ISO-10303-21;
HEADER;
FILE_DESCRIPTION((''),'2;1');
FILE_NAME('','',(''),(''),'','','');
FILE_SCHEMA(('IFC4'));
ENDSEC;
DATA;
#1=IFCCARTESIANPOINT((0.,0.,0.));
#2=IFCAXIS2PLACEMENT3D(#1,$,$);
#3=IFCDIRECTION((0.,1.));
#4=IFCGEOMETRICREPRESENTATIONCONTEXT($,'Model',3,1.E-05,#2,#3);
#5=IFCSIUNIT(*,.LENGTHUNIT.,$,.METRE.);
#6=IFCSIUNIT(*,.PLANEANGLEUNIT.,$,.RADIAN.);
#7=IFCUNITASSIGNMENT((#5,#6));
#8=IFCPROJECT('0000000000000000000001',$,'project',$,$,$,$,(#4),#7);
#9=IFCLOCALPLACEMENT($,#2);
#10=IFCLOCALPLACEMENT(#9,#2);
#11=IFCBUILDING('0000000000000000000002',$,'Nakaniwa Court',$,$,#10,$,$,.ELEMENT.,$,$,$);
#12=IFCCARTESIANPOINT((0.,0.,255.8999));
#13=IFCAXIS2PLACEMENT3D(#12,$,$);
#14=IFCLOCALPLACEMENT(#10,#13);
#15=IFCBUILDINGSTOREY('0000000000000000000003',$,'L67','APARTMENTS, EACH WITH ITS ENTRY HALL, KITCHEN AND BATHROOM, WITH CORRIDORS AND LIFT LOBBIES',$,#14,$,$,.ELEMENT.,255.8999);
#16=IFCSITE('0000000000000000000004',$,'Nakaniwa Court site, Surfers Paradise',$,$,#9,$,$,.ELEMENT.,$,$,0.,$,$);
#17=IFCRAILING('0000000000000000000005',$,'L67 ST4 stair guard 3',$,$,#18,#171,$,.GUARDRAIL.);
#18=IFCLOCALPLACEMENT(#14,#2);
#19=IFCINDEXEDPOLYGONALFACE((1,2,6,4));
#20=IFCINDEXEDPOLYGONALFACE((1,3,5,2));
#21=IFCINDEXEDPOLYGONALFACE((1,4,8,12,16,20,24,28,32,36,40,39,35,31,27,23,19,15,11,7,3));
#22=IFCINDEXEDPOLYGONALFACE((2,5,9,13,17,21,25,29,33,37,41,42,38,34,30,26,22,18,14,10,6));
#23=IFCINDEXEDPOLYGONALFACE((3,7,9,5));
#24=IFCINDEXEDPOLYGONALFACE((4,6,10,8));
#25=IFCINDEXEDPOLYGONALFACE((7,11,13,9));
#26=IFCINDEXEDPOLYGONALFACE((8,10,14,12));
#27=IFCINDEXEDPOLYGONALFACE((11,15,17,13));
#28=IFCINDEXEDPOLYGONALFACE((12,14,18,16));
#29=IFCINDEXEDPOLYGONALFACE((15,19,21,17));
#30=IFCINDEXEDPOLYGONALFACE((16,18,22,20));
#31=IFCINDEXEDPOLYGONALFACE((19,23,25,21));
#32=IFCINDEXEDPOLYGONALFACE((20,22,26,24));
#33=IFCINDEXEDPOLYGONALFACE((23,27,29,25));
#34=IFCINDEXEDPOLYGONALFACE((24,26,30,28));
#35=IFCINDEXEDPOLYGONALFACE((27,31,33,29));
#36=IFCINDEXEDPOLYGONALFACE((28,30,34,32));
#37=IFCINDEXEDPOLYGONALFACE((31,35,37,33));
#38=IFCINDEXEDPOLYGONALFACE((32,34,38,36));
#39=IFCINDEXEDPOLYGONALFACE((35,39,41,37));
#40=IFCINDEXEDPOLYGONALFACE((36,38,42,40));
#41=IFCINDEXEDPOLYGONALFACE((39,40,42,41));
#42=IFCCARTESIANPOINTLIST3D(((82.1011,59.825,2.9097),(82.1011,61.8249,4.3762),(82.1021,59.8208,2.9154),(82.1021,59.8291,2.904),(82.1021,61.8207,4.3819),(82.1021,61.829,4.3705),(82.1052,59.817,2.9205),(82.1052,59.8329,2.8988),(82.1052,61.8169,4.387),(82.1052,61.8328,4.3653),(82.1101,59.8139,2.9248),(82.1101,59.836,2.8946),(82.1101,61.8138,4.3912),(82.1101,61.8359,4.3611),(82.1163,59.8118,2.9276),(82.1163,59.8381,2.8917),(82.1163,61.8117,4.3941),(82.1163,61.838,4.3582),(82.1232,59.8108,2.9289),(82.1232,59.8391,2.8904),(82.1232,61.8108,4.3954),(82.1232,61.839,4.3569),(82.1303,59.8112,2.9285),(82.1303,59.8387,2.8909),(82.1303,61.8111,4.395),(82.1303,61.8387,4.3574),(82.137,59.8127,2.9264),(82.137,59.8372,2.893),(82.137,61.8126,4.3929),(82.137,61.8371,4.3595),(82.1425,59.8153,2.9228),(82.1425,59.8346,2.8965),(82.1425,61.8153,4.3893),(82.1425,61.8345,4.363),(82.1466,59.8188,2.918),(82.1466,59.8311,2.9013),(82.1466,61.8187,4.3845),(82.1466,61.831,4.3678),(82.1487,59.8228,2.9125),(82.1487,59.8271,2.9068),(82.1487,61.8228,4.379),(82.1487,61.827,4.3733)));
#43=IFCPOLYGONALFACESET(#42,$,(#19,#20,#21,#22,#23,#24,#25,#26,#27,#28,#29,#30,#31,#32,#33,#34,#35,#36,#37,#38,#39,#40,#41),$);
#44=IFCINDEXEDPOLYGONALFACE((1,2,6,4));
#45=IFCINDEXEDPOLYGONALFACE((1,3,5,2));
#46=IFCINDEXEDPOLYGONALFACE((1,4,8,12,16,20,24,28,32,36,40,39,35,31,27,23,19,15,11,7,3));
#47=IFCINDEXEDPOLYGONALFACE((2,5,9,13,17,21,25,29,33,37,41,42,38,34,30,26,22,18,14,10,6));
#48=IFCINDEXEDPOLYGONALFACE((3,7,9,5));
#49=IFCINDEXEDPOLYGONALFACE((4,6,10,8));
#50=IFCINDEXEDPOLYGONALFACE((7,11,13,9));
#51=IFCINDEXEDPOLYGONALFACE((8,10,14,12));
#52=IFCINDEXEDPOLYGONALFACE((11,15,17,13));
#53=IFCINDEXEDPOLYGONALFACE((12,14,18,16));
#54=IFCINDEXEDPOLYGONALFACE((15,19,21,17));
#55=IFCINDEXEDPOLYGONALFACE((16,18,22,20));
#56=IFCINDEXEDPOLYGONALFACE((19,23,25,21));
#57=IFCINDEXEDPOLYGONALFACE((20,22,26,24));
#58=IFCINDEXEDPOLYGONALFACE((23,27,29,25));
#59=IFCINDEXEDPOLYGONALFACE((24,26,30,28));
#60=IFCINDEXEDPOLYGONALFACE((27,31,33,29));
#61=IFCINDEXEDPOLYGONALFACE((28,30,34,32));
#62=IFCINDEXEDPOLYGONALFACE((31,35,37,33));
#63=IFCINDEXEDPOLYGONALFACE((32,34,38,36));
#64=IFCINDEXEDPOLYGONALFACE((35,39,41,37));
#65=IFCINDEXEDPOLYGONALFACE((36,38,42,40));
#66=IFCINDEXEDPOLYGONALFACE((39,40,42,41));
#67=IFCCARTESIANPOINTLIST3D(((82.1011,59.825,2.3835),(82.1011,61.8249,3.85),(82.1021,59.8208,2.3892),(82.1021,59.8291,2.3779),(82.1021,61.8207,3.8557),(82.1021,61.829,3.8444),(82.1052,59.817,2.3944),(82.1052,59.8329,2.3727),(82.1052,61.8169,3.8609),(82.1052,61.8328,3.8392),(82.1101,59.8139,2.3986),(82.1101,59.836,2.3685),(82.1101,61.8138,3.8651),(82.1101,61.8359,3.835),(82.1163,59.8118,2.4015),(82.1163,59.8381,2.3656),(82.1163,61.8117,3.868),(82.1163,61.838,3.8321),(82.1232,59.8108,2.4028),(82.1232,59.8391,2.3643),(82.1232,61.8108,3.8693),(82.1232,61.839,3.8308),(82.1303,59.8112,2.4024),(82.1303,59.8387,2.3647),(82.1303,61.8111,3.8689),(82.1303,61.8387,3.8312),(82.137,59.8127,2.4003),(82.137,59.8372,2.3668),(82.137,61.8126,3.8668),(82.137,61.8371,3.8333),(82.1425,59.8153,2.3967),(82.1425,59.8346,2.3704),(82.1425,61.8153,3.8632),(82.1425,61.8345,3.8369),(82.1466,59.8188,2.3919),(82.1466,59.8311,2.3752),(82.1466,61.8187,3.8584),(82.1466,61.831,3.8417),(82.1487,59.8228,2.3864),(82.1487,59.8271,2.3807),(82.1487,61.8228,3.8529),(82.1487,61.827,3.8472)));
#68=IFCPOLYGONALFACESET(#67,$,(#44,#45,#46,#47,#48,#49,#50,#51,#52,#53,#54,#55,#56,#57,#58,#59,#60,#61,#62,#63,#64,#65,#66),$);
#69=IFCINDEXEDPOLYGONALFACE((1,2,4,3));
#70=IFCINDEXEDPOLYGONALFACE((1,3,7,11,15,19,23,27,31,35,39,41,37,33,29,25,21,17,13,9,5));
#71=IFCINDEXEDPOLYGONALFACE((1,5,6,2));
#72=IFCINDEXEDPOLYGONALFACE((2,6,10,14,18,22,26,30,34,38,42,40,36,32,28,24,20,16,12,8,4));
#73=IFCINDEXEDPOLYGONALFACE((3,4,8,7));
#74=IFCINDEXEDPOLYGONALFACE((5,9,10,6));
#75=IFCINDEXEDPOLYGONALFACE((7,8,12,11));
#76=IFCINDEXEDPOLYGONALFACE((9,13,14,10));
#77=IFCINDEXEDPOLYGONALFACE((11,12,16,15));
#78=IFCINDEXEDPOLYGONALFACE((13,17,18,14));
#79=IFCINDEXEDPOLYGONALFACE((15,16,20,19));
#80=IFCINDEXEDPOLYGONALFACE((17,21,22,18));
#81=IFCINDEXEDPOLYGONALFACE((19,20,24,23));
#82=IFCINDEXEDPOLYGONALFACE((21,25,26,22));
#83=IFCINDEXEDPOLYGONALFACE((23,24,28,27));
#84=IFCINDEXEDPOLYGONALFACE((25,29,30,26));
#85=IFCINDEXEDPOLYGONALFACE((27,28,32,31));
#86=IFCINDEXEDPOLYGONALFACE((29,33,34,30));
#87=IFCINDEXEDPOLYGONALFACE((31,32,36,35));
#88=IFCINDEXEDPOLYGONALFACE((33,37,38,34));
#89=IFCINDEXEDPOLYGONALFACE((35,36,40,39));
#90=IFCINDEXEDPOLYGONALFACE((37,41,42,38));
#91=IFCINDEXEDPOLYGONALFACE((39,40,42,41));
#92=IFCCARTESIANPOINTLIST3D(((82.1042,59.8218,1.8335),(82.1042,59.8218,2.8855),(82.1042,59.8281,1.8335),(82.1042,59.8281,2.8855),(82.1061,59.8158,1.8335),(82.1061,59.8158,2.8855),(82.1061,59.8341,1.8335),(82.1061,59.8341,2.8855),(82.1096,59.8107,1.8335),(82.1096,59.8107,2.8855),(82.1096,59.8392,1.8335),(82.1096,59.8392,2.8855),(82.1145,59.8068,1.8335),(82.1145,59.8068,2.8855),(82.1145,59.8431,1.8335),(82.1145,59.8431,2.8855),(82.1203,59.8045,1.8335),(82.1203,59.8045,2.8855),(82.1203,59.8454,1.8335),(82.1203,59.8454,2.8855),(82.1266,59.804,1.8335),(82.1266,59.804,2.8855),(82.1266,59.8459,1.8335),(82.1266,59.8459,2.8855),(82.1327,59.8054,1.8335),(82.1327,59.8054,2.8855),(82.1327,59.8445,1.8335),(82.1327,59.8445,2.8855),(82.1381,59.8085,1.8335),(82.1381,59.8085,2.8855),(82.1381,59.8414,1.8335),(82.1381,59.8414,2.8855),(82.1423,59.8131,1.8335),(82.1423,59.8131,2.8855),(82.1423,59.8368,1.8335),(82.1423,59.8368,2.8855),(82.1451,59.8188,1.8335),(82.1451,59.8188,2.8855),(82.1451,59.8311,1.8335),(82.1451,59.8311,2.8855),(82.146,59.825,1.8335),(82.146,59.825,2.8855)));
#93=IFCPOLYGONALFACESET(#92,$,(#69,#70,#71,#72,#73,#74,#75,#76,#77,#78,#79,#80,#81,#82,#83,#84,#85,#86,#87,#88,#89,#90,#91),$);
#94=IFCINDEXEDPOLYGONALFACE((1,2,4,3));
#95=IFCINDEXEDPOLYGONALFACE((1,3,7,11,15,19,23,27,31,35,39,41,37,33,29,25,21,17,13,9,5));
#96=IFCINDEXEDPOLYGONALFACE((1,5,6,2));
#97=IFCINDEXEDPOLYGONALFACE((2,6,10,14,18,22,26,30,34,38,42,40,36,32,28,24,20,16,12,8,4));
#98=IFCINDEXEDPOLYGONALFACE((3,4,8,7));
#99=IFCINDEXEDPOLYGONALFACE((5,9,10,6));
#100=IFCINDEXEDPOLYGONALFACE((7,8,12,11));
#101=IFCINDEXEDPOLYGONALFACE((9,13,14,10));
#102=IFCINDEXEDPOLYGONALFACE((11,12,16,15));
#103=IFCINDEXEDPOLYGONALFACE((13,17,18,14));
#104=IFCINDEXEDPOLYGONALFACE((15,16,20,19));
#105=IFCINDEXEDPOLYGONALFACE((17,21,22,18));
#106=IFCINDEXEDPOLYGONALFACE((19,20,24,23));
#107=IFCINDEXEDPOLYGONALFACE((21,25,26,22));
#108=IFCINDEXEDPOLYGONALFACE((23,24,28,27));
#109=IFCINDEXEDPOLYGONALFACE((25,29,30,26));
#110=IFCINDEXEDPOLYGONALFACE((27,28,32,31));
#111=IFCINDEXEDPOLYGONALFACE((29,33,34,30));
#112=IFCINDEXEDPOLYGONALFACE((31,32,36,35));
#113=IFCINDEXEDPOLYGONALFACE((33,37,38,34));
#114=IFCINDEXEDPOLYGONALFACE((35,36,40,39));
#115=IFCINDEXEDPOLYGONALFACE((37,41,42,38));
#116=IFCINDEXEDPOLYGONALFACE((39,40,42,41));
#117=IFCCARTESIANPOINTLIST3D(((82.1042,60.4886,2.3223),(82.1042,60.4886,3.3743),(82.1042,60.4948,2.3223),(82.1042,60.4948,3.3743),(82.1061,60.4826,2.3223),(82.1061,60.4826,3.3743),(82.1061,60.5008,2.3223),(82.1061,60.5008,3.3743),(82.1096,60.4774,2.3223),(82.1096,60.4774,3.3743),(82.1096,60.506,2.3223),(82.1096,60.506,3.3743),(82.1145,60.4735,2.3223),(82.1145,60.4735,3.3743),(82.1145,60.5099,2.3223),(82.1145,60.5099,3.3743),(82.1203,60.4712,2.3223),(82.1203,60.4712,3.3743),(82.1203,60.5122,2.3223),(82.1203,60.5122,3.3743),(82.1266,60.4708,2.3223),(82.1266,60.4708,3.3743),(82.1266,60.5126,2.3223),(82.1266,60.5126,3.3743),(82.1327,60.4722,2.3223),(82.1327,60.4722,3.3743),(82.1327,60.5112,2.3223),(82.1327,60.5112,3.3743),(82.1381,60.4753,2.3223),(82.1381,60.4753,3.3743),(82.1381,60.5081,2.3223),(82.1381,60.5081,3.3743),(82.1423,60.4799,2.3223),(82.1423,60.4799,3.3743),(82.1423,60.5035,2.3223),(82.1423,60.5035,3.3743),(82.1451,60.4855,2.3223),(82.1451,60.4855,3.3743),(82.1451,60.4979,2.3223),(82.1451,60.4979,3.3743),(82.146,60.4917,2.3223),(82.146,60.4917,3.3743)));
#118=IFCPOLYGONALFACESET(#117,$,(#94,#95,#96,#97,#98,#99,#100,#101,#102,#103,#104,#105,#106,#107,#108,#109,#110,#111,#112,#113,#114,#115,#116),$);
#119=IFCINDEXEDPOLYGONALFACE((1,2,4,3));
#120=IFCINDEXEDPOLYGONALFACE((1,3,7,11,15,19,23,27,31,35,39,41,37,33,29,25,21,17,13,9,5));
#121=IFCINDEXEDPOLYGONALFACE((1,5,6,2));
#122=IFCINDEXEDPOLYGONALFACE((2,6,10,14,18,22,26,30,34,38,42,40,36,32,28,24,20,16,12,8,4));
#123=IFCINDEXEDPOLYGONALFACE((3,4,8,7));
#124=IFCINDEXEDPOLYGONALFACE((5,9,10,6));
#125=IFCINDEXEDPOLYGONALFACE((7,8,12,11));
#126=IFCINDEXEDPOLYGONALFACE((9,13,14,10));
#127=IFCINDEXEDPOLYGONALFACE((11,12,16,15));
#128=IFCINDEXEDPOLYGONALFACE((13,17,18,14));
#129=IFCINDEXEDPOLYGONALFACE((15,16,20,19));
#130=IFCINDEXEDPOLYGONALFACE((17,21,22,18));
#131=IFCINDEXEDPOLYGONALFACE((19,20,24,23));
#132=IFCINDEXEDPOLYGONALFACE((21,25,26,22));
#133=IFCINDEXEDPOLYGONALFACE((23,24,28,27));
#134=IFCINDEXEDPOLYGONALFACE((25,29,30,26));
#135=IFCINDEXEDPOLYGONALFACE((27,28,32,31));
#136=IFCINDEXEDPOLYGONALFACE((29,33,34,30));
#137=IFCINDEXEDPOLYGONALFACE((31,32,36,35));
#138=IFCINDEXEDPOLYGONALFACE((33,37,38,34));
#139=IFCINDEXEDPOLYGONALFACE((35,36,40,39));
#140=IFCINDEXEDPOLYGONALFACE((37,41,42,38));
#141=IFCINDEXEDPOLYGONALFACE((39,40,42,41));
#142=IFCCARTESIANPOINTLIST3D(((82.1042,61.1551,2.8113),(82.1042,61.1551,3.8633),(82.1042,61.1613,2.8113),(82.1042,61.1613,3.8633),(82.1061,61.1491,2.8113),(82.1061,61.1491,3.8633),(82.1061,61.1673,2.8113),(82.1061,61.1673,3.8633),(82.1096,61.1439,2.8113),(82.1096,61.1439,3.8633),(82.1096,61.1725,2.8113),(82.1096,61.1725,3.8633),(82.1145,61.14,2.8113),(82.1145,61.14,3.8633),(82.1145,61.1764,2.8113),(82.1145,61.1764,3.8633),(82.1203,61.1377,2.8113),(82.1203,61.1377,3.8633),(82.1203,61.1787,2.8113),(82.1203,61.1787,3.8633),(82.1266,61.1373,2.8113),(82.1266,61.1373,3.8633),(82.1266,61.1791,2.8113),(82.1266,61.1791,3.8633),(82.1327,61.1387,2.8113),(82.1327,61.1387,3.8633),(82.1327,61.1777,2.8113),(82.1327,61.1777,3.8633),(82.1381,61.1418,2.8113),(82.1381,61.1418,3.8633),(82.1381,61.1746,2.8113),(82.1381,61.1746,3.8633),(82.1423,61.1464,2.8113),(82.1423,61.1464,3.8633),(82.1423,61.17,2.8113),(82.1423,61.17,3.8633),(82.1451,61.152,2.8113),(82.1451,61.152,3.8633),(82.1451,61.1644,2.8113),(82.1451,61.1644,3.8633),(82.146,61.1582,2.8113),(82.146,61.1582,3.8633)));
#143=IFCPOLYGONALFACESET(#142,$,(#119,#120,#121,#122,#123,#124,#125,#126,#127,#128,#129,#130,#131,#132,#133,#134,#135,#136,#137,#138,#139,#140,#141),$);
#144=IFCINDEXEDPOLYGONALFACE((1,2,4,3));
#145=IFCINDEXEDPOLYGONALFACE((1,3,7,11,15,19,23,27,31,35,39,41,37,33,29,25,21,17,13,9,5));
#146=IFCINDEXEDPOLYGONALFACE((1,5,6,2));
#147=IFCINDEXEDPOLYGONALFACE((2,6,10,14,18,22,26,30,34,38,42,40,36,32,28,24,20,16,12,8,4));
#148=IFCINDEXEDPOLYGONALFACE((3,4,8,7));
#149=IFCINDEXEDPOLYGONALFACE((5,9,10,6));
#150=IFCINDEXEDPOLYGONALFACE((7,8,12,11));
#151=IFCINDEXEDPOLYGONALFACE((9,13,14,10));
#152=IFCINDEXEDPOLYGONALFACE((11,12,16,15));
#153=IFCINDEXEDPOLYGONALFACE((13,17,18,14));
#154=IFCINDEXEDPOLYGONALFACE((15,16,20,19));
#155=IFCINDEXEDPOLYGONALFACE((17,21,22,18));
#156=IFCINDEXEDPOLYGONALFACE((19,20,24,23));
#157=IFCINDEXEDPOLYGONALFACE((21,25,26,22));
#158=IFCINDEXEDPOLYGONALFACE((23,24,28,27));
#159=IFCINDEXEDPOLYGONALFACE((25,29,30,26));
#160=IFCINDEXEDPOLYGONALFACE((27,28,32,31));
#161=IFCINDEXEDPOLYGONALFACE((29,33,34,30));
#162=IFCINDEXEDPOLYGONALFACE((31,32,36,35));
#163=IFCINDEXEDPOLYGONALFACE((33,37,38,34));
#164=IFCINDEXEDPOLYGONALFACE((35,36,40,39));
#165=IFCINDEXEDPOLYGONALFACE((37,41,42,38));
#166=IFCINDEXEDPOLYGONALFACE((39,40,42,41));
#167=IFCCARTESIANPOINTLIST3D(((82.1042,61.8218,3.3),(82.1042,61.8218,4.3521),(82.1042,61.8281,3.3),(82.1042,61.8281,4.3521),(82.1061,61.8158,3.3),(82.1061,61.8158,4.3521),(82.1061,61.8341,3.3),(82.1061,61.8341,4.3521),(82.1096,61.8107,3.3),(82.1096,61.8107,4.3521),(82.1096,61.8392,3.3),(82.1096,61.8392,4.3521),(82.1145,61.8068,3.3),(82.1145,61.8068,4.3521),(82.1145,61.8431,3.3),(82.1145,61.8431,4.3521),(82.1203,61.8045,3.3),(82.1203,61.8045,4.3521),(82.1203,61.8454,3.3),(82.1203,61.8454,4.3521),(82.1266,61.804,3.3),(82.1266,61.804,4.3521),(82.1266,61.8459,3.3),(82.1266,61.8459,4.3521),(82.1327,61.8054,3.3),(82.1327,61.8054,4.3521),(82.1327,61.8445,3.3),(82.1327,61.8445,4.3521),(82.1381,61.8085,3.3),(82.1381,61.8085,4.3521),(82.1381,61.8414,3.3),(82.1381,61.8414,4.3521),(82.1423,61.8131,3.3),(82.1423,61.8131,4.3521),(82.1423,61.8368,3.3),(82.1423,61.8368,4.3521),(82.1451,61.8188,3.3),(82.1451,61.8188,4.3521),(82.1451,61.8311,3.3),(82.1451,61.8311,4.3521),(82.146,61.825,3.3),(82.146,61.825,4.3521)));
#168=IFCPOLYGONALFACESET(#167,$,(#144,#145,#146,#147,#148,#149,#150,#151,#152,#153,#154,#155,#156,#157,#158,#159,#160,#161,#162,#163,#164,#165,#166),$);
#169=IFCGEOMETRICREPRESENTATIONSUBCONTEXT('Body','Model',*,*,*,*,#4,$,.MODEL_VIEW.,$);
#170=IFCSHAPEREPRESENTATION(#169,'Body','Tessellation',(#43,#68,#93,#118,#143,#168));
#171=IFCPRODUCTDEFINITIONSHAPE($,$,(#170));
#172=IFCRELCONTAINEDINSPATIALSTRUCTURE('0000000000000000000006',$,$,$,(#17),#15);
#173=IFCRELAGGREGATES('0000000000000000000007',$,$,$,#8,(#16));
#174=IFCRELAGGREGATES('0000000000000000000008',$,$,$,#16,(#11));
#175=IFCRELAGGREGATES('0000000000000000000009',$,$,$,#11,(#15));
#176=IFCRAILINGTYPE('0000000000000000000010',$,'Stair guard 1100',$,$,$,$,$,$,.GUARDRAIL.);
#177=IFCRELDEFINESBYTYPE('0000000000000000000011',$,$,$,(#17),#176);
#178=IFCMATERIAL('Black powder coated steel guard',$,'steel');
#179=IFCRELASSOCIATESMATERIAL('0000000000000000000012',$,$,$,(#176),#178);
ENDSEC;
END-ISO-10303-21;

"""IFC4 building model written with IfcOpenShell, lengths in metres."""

from ifc_helpers import new_model, si_unit, direction, frame, origin, origin_2d, place, context, subcontext, project, spatial, circle, extrude, material, type_object, element, save


model = new_model("IFC4")

# Units and contexts
model_context = context("Model", 3, precision=1e-05, world=origin(), true_north=direction((0.0, 1.0)))
body_context = subcontext(model_context, "Body", "Model", "MODEL_VIEW")
ifc_project = project(units=[si_unit("LENGTHUNIT", "METRE"), si_unit("PLANEANGLEUNIT", "RADIAN")], contexts=[model_context])

# Site, building, storey
site_placement = place(None, origin())
site = spatial("IfcSite", under=ifc_project, at=site_placement, Name="Nakaniwa Court site, Surfers Paradise", CompositionType="ELEMENT", RefElevation=0.0)
building_placement = place(site_placement, origin())
building = spatial("IfcBuilding", under=site, at=building_placement, Name="Nakaniwa Court", CompositionType="ELEMENT")
storey_placement = place(building_placement, frame((0.0, 0.0, 255.8999)))
storey = spatial("IfcBuildingStorey", under=building, at=storey_placement, Name="L67", Description="APARTMENTS, EACH WITH ITS ENTRY HALL, KITCHEN AND BATHROOM, WITH CORRIDORS AND LIFT LOBBIES", CompositionType="ELEMENT", Elevation=255.8999)

# Railing
ifc_material_1 = material(Name="Black powder coated steel guard", Category="steel")
railing_type_1 = type_object("IfcRailingType", Name="Stair guard 1100", PredefinedType="GUARDRAIL", material=ifc_material_1)
railing_1_placement = place(storey_placement, frame((82.125, 59.825, 1.8335)))
element("IfcRailing", 1, at=railing_1_placement, inside=storey, type_object=railing_type_1, Name="L67 ST4 stair guard 3", PredefinedType="GUARDRAIL", context=body_context, shape_type="SweptSolid", body=[
    extrude(circle(Radius=0.0239, at=origin_2d()), frame((0.0, 0.0, 1.0762), z_axis=(0.0, 0.806427, 0.591334), x_axis=(-1.0, 0.0, 0.0)), (0.0, 0.0, 1.0), 2.48),
    extrude(circle(Radius=0.0239, at=origin_2d()), frame((0.0, 0.0, 0.55), z_axis=(0.0, 0.806427, 0.591334), x_axis=(-1.0, 0.0, 0.0)), (0.0, 0.0, 1.0), 2.48),
    extrude(circle(Radius=0.021, at=origin_2d()), origin(), (0.0, 0.0, 1.0), 1.052),
    extrude(circle(Radius=0.021, at=origin_2d()), frame((0.0, 0.6667, 0.4888)), (0.0, 0.0, 1.0), 1.052),
    extrude(circle(Radius=0.021, at=origin_2d()), frame((0.0, 1.3333, 0.9778)), (0.0, 0.0, 1.0), 1.052),
    extrude(circle(Radius=0.021, at=origin_2d()), frame((0.0, 2.0, 1.4666)), (0.0, 0.0, 1.0), 1.052),
])

save(model, "model.ifc")
